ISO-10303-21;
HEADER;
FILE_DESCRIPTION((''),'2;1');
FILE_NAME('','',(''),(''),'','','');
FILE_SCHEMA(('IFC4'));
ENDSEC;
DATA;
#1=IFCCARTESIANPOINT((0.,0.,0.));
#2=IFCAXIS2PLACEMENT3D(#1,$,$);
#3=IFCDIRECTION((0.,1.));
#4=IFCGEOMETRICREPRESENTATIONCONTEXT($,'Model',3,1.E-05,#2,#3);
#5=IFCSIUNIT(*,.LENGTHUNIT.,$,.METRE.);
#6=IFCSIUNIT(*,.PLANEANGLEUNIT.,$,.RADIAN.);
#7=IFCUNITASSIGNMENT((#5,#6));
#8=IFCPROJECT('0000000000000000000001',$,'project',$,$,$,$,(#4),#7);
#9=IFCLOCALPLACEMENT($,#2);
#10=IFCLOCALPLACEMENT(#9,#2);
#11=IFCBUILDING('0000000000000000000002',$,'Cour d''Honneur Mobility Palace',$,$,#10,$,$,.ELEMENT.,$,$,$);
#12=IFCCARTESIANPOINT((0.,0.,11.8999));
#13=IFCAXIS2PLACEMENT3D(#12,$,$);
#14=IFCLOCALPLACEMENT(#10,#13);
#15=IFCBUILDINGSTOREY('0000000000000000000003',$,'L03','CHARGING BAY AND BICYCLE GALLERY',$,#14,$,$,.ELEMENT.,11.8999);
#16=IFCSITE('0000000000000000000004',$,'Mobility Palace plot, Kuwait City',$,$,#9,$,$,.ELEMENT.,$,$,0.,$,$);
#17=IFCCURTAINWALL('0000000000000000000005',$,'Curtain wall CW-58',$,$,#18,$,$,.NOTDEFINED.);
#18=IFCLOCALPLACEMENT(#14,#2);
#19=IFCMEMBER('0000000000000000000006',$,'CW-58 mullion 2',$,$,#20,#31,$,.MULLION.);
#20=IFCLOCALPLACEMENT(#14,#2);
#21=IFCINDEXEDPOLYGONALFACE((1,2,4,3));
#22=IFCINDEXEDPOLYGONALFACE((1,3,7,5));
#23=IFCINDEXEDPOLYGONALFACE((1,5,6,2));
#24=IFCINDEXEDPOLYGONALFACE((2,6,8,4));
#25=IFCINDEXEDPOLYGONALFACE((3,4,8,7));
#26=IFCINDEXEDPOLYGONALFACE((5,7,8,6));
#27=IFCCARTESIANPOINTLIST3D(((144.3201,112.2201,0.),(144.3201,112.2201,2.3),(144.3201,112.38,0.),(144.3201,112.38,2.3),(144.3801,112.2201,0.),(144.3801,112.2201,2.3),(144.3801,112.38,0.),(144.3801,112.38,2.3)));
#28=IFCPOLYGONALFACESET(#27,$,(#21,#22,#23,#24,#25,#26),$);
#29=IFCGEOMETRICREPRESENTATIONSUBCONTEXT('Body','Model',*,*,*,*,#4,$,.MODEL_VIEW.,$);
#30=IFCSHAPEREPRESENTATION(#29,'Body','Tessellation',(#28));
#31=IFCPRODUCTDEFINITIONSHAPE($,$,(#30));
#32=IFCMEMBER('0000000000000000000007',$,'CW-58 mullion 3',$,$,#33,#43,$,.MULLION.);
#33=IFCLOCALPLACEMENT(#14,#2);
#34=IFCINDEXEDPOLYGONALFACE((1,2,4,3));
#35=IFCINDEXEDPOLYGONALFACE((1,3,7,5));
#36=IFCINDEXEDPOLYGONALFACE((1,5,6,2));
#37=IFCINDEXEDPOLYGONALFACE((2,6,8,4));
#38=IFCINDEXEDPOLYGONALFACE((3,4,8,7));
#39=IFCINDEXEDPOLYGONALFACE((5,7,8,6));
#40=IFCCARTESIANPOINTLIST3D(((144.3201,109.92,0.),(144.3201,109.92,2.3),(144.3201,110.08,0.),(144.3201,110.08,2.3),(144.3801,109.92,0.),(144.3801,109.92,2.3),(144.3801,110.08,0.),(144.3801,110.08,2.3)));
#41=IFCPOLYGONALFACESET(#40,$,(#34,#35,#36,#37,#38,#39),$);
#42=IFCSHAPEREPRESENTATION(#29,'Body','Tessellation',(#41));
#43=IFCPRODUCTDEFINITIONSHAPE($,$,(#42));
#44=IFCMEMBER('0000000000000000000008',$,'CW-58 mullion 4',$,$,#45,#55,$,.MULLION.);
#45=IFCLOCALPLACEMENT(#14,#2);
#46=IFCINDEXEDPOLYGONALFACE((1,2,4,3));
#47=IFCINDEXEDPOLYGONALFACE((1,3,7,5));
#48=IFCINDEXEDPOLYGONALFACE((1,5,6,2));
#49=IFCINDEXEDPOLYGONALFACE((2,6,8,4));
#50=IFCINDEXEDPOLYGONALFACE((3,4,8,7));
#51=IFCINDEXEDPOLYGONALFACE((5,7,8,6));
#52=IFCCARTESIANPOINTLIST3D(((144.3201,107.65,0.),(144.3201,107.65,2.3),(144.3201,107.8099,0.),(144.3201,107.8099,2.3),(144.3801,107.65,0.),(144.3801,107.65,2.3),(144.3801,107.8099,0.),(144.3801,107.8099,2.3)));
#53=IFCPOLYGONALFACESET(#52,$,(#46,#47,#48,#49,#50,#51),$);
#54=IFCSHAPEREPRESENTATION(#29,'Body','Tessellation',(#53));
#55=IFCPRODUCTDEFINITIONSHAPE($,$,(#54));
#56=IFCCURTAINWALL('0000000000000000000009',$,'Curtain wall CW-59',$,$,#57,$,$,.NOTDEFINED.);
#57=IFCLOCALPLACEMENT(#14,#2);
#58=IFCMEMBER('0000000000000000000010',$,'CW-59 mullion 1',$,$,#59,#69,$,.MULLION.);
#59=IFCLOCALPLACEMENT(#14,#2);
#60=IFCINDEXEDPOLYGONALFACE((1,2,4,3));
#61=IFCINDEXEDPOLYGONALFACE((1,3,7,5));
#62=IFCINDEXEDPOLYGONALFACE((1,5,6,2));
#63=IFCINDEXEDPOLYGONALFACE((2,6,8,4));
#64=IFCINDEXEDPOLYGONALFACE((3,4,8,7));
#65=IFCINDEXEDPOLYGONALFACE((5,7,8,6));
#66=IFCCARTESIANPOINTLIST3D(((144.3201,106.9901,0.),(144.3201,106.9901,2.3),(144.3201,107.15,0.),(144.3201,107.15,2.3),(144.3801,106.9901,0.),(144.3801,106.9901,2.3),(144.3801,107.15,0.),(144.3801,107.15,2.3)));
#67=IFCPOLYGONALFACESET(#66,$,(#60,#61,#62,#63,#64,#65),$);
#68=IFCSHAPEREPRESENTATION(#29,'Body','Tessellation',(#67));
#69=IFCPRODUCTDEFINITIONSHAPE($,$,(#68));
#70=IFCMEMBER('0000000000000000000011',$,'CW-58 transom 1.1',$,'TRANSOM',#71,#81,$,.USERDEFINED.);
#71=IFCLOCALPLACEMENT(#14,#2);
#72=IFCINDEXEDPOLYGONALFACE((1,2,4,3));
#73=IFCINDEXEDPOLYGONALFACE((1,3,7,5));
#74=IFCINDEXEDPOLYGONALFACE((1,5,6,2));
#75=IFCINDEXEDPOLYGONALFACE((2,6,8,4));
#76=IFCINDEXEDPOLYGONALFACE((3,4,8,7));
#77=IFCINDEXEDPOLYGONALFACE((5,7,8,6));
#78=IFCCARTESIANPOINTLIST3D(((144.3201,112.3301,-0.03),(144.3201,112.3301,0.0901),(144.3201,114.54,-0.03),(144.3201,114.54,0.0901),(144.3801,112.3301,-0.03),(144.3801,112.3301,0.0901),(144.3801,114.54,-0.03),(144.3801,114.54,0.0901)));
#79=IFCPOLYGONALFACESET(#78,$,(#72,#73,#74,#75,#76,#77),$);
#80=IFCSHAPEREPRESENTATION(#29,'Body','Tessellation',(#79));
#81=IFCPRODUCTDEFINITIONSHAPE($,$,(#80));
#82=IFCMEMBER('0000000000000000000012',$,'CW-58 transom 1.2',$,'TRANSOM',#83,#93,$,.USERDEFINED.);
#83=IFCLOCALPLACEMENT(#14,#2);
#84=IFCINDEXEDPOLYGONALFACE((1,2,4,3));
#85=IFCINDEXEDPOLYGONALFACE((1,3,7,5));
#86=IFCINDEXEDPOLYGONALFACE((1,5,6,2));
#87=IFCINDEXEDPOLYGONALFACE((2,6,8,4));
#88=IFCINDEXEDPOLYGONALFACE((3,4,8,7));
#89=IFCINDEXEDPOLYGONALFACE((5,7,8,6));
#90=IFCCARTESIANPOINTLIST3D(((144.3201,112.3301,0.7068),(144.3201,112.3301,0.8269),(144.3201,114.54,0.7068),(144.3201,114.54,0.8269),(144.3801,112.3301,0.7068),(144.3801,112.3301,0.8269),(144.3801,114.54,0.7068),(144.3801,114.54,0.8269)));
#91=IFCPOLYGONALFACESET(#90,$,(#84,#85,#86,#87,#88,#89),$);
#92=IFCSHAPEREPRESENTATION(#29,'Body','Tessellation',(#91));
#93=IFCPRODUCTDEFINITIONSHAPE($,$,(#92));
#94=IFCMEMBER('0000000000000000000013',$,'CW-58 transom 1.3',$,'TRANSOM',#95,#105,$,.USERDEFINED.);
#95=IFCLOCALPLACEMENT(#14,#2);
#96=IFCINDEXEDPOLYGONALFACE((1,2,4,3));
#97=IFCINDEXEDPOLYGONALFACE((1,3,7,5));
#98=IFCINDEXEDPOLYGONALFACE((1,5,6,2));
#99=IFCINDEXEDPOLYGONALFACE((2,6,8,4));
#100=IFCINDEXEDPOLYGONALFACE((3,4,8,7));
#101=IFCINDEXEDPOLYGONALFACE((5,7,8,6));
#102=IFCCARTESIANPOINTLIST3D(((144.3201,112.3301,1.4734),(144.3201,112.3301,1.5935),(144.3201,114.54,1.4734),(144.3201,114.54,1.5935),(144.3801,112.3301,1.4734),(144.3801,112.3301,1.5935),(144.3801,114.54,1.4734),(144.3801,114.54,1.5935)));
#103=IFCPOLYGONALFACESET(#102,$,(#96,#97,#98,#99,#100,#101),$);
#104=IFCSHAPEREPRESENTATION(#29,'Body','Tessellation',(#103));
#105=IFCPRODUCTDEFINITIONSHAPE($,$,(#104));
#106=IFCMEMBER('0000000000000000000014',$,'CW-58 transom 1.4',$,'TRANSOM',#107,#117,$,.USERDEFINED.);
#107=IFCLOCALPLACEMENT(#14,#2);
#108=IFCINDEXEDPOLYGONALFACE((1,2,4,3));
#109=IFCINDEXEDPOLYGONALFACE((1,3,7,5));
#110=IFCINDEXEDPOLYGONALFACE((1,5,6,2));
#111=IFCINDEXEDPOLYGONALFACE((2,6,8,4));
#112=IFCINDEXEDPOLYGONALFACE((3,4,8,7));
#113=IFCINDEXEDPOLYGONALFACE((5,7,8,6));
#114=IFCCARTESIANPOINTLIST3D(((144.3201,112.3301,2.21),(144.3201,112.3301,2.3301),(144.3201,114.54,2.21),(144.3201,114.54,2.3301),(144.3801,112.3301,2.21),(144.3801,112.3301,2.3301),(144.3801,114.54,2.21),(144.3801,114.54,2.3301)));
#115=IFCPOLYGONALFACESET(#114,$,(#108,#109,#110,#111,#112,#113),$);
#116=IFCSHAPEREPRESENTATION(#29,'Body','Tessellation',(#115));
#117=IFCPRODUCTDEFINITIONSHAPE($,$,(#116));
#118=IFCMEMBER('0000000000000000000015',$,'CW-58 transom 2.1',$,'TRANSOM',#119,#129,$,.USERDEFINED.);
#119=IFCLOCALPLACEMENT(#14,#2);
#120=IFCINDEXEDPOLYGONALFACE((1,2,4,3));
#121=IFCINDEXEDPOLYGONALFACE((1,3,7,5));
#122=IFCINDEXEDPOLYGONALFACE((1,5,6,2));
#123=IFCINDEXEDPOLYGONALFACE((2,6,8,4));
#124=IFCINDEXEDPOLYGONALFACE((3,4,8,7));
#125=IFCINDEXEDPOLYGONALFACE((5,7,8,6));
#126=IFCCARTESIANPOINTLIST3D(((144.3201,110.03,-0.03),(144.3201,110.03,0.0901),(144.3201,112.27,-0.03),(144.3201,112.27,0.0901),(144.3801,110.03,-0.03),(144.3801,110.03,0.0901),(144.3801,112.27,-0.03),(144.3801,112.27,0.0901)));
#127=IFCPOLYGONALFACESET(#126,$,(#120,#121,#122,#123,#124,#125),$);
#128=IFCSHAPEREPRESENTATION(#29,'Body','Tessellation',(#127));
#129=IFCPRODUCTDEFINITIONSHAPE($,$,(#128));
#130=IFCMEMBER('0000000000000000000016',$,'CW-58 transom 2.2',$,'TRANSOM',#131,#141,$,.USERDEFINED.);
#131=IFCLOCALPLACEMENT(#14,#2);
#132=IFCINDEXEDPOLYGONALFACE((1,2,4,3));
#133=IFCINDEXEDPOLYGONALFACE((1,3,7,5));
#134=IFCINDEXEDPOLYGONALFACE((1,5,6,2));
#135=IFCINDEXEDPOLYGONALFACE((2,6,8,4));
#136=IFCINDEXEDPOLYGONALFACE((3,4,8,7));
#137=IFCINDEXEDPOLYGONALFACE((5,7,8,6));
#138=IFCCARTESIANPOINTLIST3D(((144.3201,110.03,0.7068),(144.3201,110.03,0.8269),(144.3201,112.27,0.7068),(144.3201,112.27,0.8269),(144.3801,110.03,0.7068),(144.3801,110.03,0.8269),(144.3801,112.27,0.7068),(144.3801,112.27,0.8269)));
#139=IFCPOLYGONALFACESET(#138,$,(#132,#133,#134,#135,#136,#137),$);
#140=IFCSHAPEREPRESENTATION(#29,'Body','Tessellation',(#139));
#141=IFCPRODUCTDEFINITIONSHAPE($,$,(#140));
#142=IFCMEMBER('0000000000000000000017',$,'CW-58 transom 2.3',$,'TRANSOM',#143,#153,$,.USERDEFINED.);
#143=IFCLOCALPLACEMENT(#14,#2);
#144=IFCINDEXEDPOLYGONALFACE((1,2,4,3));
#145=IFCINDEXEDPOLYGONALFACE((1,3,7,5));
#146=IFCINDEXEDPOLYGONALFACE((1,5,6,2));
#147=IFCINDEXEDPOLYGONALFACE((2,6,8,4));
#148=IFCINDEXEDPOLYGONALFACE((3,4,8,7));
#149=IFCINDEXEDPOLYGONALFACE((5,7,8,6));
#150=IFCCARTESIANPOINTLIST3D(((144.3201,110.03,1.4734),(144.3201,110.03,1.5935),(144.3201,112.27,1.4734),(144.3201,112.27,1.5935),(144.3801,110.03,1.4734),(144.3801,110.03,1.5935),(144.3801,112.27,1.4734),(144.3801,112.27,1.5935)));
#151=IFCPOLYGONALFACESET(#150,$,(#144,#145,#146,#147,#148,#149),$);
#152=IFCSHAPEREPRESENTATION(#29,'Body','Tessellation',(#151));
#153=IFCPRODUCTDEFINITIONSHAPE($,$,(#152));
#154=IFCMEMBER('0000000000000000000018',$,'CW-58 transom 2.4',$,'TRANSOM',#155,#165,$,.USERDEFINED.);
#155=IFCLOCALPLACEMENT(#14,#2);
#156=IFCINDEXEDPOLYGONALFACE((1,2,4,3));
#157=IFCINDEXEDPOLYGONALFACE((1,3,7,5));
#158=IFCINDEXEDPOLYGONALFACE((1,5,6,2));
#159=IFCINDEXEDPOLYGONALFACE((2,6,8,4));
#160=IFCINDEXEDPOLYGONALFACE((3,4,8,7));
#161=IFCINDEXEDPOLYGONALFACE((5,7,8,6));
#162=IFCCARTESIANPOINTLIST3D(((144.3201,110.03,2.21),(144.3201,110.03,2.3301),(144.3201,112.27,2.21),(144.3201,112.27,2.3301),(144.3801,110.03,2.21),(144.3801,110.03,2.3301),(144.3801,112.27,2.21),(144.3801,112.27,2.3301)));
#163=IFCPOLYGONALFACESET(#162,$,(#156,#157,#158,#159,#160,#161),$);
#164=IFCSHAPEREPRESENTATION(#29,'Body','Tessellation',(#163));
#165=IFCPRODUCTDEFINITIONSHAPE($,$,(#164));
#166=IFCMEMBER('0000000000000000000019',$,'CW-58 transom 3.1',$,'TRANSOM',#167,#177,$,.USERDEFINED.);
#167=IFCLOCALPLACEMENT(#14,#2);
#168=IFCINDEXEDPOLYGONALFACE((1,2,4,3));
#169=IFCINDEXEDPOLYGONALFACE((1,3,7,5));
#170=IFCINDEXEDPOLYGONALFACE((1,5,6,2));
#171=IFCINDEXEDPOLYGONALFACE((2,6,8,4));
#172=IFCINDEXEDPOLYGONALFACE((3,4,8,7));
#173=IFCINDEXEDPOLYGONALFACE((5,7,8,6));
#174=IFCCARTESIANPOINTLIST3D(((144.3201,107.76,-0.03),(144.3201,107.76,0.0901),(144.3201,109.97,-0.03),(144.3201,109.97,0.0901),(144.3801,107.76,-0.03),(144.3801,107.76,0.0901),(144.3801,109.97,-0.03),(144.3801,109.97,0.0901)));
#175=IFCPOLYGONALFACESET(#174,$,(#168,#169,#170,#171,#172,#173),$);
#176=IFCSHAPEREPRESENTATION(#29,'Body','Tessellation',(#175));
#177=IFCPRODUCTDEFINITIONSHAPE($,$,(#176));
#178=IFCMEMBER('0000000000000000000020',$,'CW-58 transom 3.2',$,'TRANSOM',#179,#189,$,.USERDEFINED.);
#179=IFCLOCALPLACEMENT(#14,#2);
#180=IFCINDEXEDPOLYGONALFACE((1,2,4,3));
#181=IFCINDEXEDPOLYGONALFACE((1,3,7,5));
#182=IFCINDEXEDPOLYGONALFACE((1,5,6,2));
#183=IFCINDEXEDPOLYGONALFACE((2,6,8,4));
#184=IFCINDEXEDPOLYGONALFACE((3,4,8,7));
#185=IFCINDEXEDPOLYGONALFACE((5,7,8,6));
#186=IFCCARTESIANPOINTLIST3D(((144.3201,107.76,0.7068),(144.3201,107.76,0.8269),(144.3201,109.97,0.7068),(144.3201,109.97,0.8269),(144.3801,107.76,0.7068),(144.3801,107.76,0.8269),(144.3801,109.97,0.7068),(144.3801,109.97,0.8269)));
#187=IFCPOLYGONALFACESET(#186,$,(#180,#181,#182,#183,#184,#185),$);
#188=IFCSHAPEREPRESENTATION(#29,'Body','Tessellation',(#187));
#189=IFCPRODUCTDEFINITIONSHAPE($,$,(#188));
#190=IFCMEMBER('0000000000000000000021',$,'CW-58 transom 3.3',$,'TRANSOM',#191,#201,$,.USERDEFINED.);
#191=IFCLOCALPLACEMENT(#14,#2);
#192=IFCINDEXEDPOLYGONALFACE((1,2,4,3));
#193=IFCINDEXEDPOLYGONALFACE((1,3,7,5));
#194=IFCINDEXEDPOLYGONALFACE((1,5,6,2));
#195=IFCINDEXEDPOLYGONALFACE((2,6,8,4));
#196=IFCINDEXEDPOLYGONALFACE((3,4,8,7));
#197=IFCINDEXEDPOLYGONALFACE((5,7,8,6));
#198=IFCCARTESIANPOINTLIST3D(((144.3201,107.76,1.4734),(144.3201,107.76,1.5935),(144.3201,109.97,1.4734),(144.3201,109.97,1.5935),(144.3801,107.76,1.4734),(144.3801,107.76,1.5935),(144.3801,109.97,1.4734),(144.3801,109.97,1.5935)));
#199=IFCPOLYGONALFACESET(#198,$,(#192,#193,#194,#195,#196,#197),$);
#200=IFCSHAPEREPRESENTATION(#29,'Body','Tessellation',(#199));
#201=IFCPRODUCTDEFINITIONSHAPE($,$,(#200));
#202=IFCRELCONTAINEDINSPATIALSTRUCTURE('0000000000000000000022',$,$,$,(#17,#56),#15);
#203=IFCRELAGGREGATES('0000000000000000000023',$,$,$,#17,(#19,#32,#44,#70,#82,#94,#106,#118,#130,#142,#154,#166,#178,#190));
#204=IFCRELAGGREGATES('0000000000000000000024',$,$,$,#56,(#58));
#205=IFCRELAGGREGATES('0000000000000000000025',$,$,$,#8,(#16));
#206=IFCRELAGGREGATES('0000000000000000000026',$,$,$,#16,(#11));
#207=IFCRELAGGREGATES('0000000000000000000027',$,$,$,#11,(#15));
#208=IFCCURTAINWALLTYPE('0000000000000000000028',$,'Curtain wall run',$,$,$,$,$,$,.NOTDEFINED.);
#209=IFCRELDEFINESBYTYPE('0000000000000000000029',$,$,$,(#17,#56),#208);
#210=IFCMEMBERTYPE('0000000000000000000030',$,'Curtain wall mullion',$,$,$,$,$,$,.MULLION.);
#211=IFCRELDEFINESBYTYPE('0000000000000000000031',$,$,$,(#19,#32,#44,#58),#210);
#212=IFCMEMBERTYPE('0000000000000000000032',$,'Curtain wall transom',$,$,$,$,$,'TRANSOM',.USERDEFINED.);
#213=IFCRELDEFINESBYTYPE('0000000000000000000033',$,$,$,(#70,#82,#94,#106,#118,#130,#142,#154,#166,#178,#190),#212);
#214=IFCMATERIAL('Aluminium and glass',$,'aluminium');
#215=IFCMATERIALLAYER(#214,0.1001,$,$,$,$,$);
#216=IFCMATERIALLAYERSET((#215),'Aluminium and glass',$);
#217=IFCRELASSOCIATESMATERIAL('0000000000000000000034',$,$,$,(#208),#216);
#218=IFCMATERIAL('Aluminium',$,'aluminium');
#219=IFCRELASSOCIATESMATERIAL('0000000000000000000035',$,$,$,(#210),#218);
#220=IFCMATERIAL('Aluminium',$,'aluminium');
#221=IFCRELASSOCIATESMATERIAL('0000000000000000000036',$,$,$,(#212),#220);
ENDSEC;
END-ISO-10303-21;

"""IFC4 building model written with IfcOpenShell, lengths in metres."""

from ifc_helpers import new_model, si_unit, direction, frame, origin, origin_2d, place, context, subcontext, project, spatial, rectangle, extrude, material, layer, layer_set, material_profile, profile_set, type_object, element, aggregate, save


model = new_model("IFC4")

# Units and contexts
model_context = context("Model", 3, precision=1e-05, world=origin(), true_north=direction((0.0, 1.0)))
body_context = subcontext(model_context, "Body", "Model", "MODEL_VIEW")
ifc_project = project(units=[si_unit("LENGTHUNIT", "METRE"), si_unit("PLANEANGLEUNIT", "RADIAN")], contexts=[model_context])

# Site, building, storey
site_placement = place(None, origin())
site = spatial("IfcSite", under=ifc_project, at=site_placement, Name="Mobility Palace plot, Kuwait City", CompositionType="ELEMENT", RefElevation=0.0)
building_placement = place(site_placement, origin())
building = spatial("IfcBuilding", under=site, at=building_placement, Name="Cour d'Honneur Mobility Palace", CompositionType="ELEMENT")
storey_placement = place(building_placement, frame((0.0, 0.0, 11.8999)))
storey = spatial("IfcBuildingStorey", under=building, at=storey_placement, Name="L03", Description="CHARGING BAY AND BICYCLE GALLERY", CompositionType="ELEMENT", Elevation=11.8999)

# Curtain wall, members
ifc_material_1 = material(Name="Aluminium and glass", Category="aluminium")
ifc_layer_1 = layer(ifc_material_1, 0.1001)
ifc_layer_set_1 = layer_set([ifc_layer_1], Name="Aluminium and glass")
curtain_wall_type = type_object("IfcCurtainWallType", Name="Curtain wall run", PredefinedType="NOTDEFINED", material=ifc_layer_set_1)
curtain_wall_1_placement = place(storey_placement, origin())
curtain_wall_1 = element("IfcCurtainWall", 1, at=curtain_wall_1_placement, inside=storey, type_object=curtain_wall_type, Name="Curtain wall CW-58", PredefinedType="NOTDEFINED")
ifc_material_2 = material(Name="Aluminium", Category="aluminium")
ifc_material_profile_1 = material_profile(ifc_material_2, rectangle(XDim=0.0601, YDim=0.1599, at=origin_2d()), Name="Curtain wall mullion")
ifc_profile_set_1 = profile_set([ifc_material_profile_1], Name="Aluminium")
member_type_1 = type_object("IfcMemberType", Name="Curtain wall mullion", PredefinedType="MULLION", material=ifc_profile_set_1)
member_1_placement = place(storey_placement, frame((144.3501, 112.3, 0.0), z_axis=(0.0, 0.0, 1.0), x_axis=(1.0, 0.0, 0.0)))
member_1 = element("IfcMember", 2, at=member_1_placement, type_object=member_type_1, Name="CW-58 mullion 2", PredefinedType="MULLION", context=body_context, shape_type="SweptSolid", body=[
    extrude(rectangle(XDim=0.0601, YDim=0.1599, at=origin_2d()), origin(), (0.0, 0.0, 1.0), 2.3),
])
member_2_placement = place(storey_placement, frame((144.3501, 110.0, 0.0), z_axis=(0.0, 0.0, 1.0), x_axis=(1.0, 0.0, 0.0)))
member_2 = element("IfcMember", 3, at=member_2_placement, type_object=member_type_1, Name="CW-58 mullion 3", PredefinedType="MULLION", context=body_context, shape_type="SweptSolid", body=[
    extrude(rectangle(XDim=0.0601, YDim=0.1599, at=origin_2d()), origin(), (0.0, 0.0, 1.0), 2.3),
])
member_3_placement = place(storey_placement, frame((144.3501, 107.73, 0.0), z_axis=(0.0, 0.0, 1.0), x_axis=(1.0, 0.0, 0.0)))
member_3 = element("IfcMember", 4, at=member_3_placement, type_object=member_type_1, Name="CW-58 mullion 4", PredefinedType="MULLION", context=body_context, shape_type="SweptSolid", body=[
    extrude(rectangle(XDim=0.0601, YDim=0.1599, at=origin_2d()), origin(), (0.0, 0.0, 1.0), 2.3),
])

# Curtain wall, member
curtain_wall_2_placement = place(storey_placement, origin())
curtain_wall_2 = element("IfcCurtainWall", 5, at=curtain_wall_2_placement, inside=storey, type_object=curtain_wall_type, Name="Curtain wall CW-59", PredefinedType="NOTDEFINED")
member_4_placement = place(storey_placement, frame((144.3501, 107.0701, 0.0), z_axis=(0.0, 0.0, 1.0), x_axis=(1.0, 0.0, 0.0)))
member_4 = element("IfcMember", 6, at=member_4_placement, type_object=member_type_1, Name="CW-59 mullion 1", PredefinedType="MULLION", context=body_context, shape_type="SweptSolid", body=[
    extrude(rectangle(XDim=0.0601, YDim=0.1599, at=origin_2d()), origin(), (0.0, 0.0, 1.0), 2.3),
])

# Members
ifc_material_3 = material(Name="Aluminium", Category="aluminium")
ifc_material_profile_2 = material_profile(ifc_material_3, rectangle(XDim=0.0601, YDim=0.1201, at=origin_2d()), Name="Curtain wall transom")
ifc_profile_set_2 = profile_set([ifc_material_profile_2], Name="Aluminium")
member_type_2 = type_object("IfcMemberType", Name="Curtain wall transom", ElementType="TRANSOM", PredefinedType="USERDEFINED", material=ifc_profile_set_2)
member_5_placement = place(storey_placement, frame((144.3501, 114.54, 0.03), z_axis=(0.0, -1.0, 0.0), x_axis=(1.0, 0.0, 0.0)))
member_5 = element("IfcMember", 7, at=member_5_placement, type_object=member_type_2, Name="CW-58 transom 1.1", ObjectType="TRANSOM", PredefinedType="USERDEFINED", context=body_context, shape_type="SweptSolid", body=[
    extrude(rectangle(XDim=0.0601, YDim=0.1201, at=origin_2d()), origin(), (0.0, 0.0, 1.0), 2.21),
])
member_6_placement = place(storey_placement, frame((144.3501, 114.54, 0.7668), z_axis=(0.0, -1.0, 0.0), x_axis=(1.0, 0.0, 0.0)))
member_6 = element("IfcMember", 8, at=member_6_placement, type_object=member_type_2, Name="CW-58 transom 1.2", ObjectType="TRANSOM", PredefinedType="USERDEFINED", context=body_context, shape_type="SweptSolid", body=[
    extrude(rectangle(XDim=0.0601, YDim=0.1201, at=origin_2d()), origin(), (0.0, 0.0, 1.0), 2.21),
])
member_7_placement = place(storey_placement, frame((144.3501, 114.54, 1.5334), z_axis=(0.0, -1.0, 0.0), x_axis=(1.0, 0.0, 0.0)))
member_7 = element("IfcMember", 9, at=member_7_placement, type_object=member_type_2, Name="CW-58 transom 1.3", ObjectType="TRANSOM", PredefinedType="USERDEFINED", context=body_context, shape_type="SweptSolid", body=[
    extrude(rectangle(XDim=0.0601, YDim=0.1201, at=origin_2d()), origin(), (0.0, 0.0, 1.0), 2.21),
])
member_8_placement = place(storey_placement, frame((144.3501, 114.54, 2.27), z_axis=(0.0, -1.0, 0.0), x_axis=(1.0, 0.0, 0.0)))
member_8 = element("IfcMember", 10, at=member_8_placement, type_object=member_type_2, Name="CW-58 transom 1.4", ObjectType="TRANSOM", PredefinedType="USERDEFINED", context=body_context, shape_type="SweptSolid", body=[
    extrude(rectangle(XDim=0.0601, YDim=0.1201, at=origin_2d()), origin(), (0.0, 0.0, 1.0), 2.21),
])
member_9_placement = place(storey_placement, frame((144.3501, 112.27, 0.03), z_axis=(0.0, -1.0, 0.0), x_axis=(1.0, 0.0, 0.0)))
member_9 = element("IfcMember", 11, at=member_9_placement, type_object=member_type_2, Name="CW-58 transom 2.1", ObjectType="TRANSOM", PredefinedType="USERDEFINED", context=body_context, shape_type="SweptSolid", body=[
    extrude(rectangle(XDim=0.0601, YDim=0.1201, at=origin_2d()), origin(), (0.0, 0.0, 1.0), 2.24),
])
member_10_placement = place(storey_placement, frame((144.3501, 112.27, 0.7668), z_axis=(0.0, -1.0, 0.0), x_axis=(1.0, 0.0, 0.0)))
member_10 = element("IfcMember", 12, at=member_10_placement, type_object=member_type_2, Name="CW-58 transom 2.2", ObjectType="TRANSOM", PredefinedType="USERDEFINED", context=body_context, shape_type="SweptSolid", body=[
    extrude(rectangle(XDim=0.0601, YDim=0.1201, at=origin_2d()), origin(), (0.0, 0.0, 1.0), 2.24),
])
member_11_placement = place(storey_placement, frame((144.3501, 112.27, 1.5334), z_axis=(0.0, -1.0, 0.0), x_axis=(1.0, 0.0, 0.0)))
member_11 = element("IfcMember", 13, at=member_11_placement, type_object=member_type_2, Name="CW-58 transom 2.3", ObjectType="TRANSOM", PredefinedType="USERDEFINED", context=body_context, shape_type="SweptSolid", body=[
    extrude(rectangle(XDim=0.0601, YDim=0.1201, at=origin_2d()), origin(), (0.0, 0.0, 1.0), 2.24),
])
member_12_placement = place(storey_placement, frame((144.3501, 112.27, 2.27), z_axis=(0.0, -1.0, 0.0), x_axis=(1.0, 0.0, 0.0)))
member_12 = element("IfcMember", 14, at=member_12_placement, type_object=member_type_2, Name="CW-58 transom 2.4", ObjectType="TRANSOM", PredefinedType="USERDEFINED", context=body_context, shape_type="SweptSolid", body=[
    extrude(rectangle(XDim=0.0601, YDim=0.1201, at=origin_2d()), origin(), (0.0, 0.0, 1.0), 2.24),
])
member_13_placement = place(storey_placement, frame((144.3501, 109.97, 0.03), z_axis=(0.0, -1.0, 0.0), x_axis=(1.0, 0.0, 0.0)))
member_13 = element("IfcMember", 15, at=member_13_placement, type_object=member_type_2, Name="CW-58 transom 3.1", ObjectType="TRANSOM", PredefinedType="USERDEFINED", context=body_context, shape_type="SweptSolid", body=[
    extrude(rectangle(XDim=0.0601, YDim=0.1201, at=origin_2d()), origin(), (0.0, 0.0, 1.0), 2.21),
])
member_14_placement = place(storey_placement, frame((144.3501, 109.97, 0.7668), z_axis=(0.0, -1.0, 0.0), x_axis=(1.0, 0.0, 0.0)))
member_14 = element("IfcMember", 16, at=member_14_placement, type_object=member_type_2, Name="CW-58 transom 3.2", ObjectType="TRANSOM", PredefinedType="USERDEFINED", context=body_context, shape_type="SweptSolid", body=[
    extrude(rectangle(XDim=0.0601, YDim=0.1201, at=origin_2d()), origin(), (0.0, 0.0, 1.0), 2.21),
])
member_15_placement = place(storey_placement, frame((144.3501, 109.97, 1.5334), z_axis=(0.0, -1.0, 0.0), x_axis=(1.0, 0.0, 0.0)))
member_15 = element("IfcMember", 17, at=member_15_placement, type_object=member_type_2, Name="CW-58 transom 3.3", ObjectType="TRANSOM", PredefinedType="USERDEFINED", context=body_context, shape_type="SweptSolid", body=[
    extrude(rectangle(XDim=0.0601, YDim=0.1201, at=origin_2d()), origin(), (0.0, 0.0, 1.0), 2.21),
])

aggregate(curtain_wall_1, [member_1, member_2, member_3, member_5, member_6, member_7, member_8, member_9, member_10, member_11, member_12, member_13, member_14, member_15])
aggregate(curtain_wall_2, [member_4])

save(model, "model.ifc")
